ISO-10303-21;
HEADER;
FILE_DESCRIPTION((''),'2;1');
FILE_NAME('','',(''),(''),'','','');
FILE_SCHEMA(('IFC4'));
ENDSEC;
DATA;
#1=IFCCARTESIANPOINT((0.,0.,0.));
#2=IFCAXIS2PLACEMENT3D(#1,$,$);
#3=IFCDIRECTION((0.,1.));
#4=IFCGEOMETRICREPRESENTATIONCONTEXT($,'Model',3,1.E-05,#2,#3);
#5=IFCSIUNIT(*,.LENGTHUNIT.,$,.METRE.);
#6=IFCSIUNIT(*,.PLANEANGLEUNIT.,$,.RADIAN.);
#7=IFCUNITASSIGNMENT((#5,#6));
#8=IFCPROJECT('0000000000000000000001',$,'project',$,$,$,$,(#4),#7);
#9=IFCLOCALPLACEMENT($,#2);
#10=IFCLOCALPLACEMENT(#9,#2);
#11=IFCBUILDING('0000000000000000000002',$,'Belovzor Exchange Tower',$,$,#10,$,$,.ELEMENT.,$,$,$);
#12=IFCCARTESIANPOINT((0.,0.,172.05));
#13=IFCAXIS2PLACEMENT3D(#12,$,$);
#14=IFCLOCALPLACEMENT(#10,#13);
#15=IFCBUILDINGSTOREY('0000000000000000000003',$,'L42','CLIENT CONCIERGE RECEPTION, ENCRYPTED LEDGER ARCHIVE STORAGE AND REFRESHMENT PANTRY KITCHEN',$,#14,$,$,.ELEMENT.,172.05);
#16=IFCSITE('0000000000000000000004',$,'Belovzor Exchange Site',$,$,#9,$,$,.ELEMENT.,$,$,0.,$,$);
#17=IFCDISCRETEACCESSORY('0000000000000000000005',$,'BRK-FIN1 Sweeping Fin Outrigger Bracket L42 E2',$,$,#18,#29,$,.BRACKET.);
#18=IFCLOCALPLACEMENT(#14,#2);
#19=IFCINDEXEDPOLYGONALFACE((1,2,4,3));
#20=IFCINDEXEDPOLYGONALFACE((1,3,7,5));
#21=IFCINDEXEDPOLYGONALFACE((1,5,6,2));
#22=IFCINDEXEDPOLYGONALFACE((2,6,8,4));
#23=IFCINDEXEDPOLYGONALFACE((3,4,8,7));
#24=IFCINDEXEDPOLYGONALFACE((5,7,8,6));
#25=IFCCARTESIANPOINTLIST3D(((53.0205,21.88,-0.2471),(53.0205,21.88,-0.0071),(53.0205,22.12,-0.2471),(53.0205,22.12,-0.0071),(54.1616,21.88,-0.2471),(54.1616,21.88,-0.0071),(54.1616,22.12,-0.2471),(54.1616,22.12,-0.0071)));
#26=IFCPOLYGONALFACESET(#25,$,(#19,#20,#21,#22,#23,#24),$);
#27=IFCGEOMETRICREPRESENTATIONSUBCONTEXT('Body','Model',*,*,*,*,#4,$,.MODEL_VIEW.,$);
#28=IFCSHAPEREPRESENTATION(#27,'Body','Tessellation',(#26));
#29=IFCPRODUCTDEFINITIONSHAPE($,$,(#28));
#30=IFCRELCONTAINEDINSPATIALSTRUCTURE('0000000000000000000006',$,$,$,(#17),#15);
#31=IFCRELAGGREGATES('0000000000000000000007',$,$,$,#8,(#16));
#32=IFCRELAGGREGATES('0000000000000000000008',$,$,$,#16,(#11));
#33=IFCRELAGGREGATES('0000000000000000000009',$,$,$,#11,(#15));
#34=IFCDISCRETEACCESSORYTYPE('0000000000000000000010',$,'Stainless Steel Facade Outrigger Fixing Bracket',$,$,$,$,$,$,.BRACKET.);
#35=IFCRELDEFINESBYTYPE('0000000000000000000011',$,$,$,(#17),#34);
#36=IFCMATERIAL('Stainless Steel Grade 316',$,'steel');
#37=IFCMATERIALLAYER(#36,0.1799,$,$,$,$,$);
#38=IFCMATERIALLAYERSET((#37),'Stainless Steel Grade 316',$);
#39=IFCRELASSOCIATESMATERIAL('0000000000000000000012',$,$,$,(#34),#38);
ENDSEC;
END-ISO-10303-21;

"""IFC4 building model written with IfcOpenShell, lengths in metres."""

from ifc_helpers import new_model, si_unit, direction, frame, origin, origin_2d, place, context, subcontext, project, spatial, rectangle, extrude, material, layer, layer_set, type_object, element, save


model = new_model("IFC4")

# Units and contexts
model_context = context("Model", 3, precision=1e-05, world=origin(), true_north=direction((0.0, 1.0)))
body_context = subcontext(model_context, "Body", "Model", "MODEL_VIEW")
ifc_project = project(units=[si_unit("LENGTHUNIT", "METRE"), si_unit("PLANEANGLEUNIT", "RADIAN")], contexts=[model_context])

# Site, building, storey
site_placement = place(None, origin())
site = spatial("IfcSite", under=ifc_project, at=site_placement, Name="Belovzor Exchange Site", CompositionType="ELEMENT", RefElevation=0.0)
building_placement = place(site_placement, origin())
building = spatial("IfcBuilding", under=site, at=building_placement, Name="Belovzor Exchange Tower", CompositionType="ELEMENT")
storey_placement = place(building_placement, frame((0.0, 0.0, 172.05)))
storey = spatial("IfcBuildingStorey", under=building, at=storey_placement, Name="L42", Description="CLIENT CONCIERGE RECEPTION, ENCRYPTED LEDGER ARCHIVE STORAGE AND REFRESHMENT PANTRY KITCHEN", CompositionType="ELEMENT", Elevation=172.05)

# Discrete accessory
ifc_material_1 = material(Name="Stainless Steel Grade 316", Category="steel")
ifc_layer_1 = layer(ifc_material_1, 0.1799)
ifc_layer_set_1 = layer_set([ifc_layer_1], Name="Stainless Steel Grade 316")
discrete_accessory_type = type_object("IfcDiscreteAccessoryType", Name="Stainless Steel Facade Outrigger Fixing Bracket", PredefinedType="BRACKET", material=ifc_layer_set_1)
discrete_accessory_placement = place(storey_placement, frame((53.5911, 22.0, -0.2471), z_axis=(0.0, 0.0, 1.0), x_axis=(1.0, 0.0, 0.0)))
element("IfcDiscreteAccessory", 1, at=discrete_accessory_placement, inside=storey, type_object=discrete_accessory_type, Name="BRK-FIN1 Sweeping Fin Outrigger Bracket L42 E2", PredefinedType="BRACKET", context=body_context, shape_type="SweptSolid", body=[
    extrude(rectangle(XDim=1.1411, YDim=0.24, at=origin_2d()), origin(), (0.0, 0.0, 1.0), 0.24),
])

save(model, "model.ifc")
